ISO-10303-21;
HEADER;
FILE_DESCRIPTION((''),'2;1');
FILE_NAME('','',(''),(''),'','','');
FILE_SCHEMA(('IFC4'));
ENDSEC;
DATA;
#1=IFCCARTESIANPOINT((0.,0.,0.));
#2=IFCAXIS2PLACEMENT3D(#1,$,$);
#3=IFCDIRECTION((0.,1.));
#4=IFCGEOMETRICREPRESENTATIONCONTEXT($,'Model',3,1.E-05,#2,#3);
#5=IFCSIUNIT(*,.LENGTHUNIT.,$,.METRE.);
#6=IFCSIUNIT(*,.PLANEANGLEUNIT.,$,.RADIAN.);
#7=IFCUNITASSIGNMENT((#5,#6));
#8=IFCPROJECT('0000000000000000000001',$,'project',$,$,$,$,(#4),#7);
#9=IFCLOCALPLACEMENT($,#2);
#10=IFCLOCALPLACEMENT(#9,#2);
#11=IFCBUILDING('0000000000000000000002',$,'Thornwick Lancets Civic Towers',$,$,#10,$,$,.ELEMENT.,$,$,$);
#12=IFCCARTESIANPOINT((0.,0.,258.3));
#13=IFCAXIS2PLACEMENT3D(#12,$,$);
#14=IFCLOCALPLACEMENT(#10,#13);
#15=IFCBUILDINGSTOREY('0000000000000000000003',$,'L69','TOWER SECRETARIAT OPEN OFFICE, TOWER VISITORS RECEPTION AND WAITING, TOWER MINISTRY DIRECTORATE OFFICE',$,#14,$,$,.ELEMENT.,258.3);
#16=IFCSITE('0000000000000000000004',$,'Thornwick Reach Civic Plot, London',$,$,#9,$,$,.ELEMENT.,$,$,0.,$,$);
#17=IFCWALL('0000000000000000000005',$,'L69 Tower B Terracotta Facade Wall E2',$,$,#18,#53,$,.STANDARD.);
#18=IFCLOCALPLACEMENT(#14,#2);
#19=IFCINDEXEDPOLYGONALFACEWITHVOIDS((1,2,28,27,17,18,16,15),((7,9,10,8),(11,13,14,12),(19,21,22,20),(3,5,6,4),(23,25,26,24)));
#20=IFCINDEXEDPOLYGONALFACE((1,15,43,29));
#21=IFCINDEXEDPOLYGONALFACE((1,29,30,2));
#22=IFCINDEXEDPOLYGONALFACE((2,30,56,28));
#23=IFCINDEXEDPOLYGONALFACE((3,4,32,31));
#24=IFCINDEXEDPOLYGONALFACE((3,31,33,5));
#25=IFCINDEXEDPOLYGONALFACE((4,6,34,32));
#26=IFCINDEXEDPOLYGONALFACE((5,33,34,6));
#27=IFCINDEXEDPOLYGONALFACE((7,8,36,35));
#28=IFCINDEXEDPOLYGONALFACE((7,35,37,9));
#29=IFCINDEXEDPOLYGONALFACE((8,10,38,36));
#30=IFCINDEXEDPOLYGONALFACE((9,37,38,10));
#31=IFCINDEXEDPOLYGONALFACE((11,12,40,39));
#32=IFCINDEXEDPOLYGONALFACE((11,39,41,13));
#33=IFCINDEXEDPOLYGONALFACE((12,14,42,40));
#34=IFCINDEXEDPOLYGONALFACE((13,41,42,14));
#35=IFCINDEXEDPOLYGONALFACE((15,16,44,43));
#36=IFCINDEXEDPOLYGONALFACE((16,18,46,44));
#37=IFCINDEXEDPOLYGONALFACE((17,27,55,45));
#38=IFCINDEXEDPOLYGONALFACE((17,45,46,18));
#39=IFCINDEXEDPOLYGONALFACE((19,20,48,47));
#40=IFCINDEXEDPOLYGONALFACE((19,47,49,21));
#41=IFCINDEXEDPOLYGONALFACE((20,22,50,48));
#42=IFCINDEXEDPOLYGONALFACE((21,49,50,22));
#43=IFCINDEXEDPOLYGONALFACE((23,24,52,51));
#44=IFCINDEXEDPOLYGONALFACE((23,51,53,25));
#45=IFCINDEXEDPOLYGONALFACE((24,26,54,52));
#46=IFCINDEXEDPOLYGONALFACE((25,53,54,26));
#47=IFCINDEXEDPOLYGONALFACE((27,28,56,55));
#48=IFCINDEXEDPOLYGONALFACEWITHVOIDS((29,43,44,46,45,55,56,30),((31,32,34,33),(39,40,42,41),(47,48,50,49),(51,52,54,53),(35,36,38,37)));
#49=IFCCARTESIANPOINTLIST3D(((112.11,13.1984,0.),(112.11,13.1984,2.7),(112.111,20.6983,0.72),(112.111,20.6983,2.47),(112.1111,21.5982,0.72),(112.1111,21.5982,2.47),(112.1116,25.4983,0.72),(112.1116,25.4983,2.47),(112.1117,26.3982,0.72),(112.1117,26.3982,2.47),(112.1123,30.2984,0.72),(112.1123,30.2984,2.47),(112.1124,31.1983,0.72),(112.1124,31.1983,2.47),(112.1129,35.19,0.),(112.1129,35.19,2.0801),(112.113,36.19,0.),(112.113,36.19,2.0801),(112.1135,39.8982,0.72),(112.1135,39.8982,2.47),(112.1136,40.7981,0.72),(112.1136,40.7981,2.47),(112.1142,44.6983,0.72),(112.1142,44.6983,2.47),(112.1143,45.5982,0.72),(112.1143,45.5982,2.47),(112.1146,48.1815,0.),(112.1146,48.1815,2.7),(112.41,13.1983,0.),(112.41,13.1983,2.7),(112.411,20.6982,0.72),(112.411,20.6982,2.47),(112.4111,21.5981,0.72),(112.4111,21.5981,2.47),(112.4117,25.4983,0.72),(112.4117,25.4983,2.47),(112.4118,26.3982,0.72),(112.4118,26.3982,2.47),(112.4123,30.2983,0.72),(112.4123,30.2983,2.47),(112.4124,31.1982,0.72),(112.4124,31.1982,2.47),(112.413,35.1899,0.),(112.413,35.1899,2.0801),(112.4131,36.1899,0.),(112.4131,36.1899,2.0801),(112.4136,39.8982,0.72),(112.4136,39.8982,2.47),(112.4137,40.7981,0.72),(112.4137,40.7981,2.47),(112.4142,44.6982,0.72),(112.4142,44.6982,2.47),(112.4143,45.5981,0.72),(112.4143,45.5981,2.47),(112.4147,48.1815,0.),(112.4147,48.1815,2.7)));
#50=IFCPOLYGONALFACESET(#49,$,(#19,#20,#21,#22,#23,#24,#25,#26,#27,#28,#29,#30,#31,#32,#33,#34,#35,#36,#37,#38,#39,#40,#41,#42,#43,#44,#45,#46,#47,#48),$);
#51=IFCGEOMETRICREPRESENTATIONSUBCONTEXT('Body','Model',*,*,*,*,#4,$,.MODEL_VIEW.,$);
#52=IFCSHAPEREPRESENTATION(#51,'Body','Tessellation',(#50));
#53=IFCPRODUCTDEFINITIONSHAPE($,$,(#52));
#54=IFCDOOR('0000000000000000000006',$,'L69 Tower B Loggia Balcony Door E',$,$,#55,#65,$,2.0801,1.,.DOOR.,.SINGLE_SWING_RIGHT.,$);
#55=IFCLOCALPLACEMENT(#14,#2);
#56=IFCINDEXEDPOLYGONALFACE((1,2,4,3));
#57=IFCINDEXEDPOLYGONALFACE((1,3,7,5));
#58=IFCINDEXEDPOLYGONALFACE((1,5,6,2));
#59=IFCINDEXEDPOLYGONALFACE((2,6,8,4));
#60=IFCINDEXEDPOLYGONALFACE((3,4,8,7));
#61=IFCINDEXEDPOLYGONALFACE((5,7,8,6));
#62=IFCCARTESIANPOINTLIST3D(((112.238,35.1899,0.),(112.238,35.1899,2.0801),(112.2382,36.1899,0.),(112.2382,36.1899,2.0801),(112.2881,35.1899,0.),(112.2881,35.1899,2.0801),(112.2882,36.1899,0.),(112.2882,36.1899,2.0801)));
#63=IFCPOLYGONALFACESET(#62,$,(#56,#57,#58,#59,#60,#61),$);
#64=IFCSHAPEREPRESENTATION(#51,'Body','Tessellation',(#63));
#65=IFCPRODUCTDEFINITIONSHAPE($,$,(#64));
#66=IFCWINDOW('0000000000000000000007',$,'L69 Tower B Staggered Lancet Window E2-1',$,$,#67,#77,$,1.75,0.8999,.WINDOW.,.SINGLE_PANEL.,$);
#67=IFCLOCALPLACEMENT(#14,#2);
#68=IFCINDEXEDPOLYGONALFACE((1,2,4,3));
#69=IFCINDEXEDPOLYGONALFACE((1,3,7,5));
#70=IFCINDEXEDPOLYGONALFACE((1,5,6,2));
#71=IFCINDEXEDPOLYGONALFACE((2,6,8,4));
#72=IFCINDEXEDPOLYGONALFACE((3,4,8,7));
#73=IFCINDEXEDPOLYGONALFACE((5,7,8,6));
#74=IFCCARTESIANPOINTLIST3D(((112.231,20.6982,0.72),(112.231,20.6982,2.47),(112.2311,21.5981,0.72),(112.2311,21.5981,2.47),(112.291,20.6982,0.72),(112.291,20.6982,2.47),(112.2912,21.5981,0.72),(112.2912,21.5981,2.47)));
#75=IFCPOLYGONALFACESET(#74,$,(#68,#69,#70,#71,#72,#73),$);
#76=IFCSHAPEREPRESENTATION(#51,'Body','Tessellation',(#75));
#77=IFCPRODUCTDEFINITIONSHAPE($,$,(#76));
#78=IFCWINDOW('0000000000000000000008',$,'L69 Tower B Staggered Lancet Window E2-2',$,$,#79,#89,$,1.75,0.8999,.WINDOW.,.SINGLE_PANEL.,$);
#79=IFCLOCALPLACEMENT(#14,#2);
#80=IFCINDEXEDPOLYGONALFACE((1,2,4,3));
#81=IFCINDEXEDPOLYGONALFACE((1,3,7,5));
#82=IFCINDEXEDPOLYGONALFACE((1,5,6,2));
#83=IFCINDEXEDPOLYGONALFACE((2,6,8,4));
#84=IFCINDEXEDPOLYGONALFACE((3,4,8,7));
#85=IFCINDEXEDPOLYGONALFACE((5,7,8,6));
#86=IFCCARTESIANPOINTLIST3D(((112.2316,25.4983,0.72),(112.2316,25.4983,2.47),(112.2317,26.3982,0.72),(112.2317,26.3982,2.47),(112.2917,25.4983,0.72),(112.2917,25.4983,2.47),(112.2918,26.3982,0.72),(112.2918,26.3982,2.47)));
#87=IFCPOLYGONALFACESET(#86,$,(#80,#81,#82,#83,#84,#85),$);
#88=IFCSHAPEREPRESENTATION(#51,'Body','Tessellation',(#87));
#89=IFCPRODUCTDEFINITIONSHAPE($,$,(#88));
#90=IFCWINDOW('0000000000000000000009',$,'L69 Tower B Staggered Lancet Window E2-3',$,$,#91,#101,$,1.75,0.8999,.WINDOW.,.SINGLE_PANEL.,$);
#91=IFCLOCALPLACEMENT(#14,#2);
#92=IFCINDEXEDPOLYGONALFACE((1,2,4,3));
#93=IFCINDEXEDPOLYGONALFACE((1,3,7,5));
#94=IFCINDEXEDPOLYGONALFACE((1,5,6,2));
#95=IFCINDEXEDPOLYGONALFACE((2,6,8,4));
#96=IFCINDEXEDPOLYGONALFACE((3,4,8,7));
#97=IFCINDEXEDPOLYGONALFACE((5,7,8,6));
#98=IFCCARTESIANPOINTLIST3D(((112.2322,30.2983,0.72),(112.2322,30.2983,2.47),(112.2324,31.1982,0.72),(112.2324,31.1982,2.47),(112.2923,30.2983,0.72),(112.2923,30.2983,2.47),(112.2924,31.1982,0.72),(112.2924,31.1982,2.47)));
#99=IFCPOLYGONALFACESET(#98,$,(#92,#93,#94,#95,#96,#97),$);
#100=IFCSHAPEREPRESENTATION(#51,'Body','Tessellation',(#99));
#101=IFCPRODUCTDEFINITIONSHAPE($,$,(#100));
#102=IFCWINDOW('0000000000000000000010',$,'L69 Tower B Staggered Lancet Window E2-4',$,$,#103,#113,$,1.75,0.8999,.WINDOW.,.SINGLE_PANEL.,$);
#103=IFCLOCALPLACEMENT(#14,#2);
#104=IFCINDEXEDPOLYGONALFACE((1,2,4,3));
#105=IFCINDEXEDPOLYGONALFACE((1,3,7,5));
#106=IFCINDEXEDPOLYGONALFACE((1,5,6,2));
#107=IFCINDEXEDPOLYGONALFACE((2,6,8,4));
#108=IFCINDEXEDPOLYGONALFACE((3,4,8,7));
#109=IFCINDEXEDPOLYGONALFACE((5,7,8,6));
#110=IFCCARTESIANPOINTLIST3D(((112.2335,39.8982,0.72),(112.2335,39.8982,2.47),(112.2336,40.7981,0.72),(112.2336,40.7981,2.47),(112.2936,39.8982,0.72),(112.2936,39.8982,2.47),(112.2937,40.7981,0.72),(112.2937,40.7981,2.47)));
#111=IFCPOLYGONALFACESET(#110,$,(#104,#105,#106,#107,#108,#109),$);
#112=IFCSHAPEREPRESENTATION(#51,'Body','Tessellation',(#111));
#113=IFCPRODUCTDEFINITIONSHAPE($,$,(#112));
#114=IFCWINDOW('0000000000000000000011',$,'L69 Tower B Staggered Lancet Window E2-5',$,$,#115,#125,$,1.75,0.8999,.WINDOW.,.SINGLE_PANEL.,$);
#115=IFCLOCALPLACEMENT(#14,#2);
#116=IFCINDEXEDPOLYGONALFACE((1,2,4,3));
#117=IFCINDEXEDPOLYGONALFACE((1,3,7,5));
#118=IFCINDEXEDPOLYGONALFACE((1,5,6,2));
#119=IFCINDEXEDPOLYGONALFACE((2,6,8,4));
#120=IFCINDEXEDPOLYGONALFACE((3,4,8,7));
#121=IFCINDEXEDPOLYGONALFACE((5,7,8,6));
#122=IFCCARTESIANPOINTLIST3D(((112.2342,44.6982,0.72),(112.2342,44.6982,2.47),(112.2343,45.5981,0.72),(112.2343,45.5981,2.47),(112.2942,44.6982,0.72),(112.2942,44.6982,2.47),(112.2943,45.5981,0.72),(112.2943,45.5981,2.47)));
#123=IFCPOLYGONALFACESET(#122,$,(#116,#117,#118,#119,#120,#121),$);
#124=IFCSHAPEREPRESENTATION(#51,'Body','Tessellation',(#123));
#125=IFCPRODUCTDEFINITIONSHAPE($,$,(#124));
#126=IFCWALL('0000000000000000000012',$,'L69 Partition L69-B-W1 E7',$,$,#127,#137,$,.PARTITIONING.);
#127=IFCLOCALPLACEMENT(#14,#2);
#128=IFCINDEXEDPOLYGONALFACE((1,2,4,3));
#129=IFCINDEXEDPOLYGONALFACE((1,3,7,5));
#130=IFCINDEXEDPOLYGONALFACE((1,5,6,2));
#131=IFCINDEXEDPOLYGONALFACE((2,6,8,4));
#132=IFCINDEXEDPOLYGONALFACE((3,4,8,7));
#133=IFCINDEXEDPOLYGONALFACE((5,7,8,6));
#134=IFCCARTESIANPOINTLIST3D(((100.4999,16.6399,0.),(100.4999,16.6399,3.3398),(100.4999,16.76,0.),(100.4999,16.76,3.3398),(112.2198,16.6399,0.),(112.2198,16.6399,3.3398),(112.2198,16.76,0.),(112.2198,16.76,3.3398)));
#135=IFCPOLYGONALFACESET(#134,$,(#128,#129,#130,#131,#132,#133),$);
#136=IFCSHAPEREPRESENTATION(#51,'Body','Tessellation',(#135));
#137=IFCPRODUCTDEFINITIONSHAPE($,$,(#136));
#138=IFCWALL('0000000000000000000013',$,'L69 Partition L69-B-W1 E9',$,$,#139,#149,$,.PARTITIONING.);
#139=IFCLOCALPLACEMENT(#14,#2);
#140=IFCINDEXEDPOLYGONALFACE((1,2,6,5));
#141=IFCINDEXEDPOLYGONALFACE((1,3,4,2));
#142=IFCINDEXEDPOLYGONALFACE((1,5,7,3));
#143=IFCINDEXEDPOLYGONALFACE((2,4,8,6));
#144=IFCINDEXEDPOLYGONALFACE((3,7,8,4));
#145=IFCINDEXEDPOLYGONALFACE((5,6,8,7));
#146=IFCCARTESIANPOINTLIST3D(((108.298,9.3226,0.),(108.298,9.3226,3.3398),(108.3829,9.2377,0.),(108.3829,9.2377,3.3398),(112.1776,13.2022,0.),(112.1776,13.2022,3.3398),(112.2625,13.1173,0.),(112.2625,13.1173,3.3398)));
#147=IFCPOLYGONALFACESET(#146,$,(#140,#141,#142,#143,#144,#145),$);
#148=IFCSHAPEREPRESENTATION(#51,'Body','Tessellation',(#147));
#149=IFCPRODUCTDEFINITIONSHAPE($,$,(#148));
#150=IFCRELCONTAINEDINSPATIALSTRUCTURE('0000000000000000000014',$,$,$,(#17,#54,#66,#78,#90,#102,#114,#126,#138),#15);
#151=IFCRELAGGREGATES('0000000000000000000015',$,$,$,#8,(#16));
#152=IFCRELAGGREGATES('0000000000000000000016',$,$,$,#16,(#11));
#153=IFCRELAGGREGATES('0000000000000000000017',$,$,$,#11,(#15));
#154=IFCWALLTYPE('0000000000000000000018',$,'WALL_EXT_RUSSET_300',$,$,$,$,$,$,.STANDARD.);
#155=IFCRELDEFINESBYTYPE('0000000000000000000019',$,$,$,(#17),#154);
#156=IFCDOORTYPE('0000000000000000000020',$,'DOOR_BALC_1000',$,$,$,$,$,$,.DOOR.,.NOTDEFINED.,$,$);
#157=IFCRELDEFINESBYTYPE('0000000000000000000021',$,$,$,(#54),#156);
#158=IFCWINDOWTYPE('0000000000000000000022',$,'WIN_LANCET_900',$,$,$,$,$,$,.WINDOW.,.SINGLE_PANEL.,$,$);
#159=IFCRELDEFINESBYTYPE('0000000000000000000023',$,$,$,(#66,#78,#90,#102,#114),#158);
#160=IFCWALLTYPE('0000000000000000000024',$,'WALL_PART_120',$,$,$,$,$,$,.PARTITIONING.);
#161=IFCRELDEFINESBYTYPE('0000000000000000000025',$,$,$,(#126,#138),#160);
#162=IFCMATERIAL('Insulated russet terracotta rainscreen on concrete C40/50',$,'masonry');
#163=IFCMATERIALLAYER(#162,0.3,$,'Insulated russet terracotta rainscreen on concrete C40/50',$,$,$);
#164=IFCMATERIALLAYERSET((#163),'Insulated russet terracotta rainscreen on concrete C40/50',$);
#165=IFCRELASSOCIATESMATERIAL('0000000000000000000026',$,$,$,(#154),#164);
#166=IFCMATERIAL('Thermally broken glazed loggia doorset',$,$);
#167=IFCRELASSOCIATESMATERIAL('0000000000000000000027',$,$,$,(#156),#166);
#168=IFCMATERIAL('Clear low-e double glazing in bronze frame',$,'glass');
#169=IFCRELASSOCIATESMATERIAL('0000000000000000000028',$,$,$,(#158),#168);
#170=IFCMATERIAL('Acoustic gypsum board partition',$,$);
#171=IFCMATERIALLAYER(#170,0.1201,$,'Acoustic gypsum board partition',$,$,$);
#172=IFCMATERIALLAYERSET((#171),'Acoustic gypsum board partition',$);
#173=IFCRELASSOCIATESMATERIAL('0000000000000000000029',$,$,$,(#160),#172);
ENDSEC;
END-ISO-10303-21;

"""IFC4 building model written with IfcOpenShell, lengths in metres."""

from ifc_helpers import new_model, si_unit, direction, frame, frame_2d, origin, place, context, subcontext, project, spatial, rectangle, extrude, material, layer, layer_set, type_object, element, fill, save


model = new_model("IFC4")

# Units and contexts
model_context = context("Model", 3, precision=1e-05, world=origin(), true_north=direction((0.0, 1.0)))
body_context = subcontext(model_context, "Body", "Model", "MODEL_VIEW")
ifc_project = project(units=[si_unit("LENGTHUNIT", "METRE"), si_unit("PLANEANGLEUNIT", "RADIAN")], contexts=[model_context])

# Site, building, storey
site_placement = place(None, origin())
site = spatial("IfcSite", under=ifc_project, at=site_placement, Name="Thornwick Reach Civic Plot, London", CompositionType="ELEMENT", RefElevation=0.0)
building_placement = place(site_placement, origin())
building = spatial("IfcBuilding", under=site, at=building_placement, Name="Thornwick Lancets Civic Towers", CompositionType="ELEMENT")
storey_placement = place(building_placement, frame((0.0, 0.0, 258.3)))
storey = spatial("IfcBuildingStorey", under=building, at=storey_placement, Name="L69", Description="TOWER SECRETARIAT OPEN OFFICE, TOWER VISITORS RECEPTION AND WAITING, TOWER MINISTRY DIRECTORATE OFFICE", CompositionType="ELEMENT", Elevation=258.3)

# Wall, openings, door, windows
ifc_material_1 = material(Name="Insulated russet terracotta rainscreen on concrete C40/50", Category="masonry")
ifc_layer_1 = layer(ifc_material_1, 0.3, Name="Insulated russet terracotta rainscreen on concrete C40/50")
ifc_layer_set_1 = layer_set([ifc_layer_1], Name="Insulated russet terracotta rainscreen on concrete C40/50")
wall_type_1 = type_object("IfcWallType", Name="WALL_EXT_RUSSET_300", PredefinedType="STANDARD", material=ifc_layer_set_1)
wall_1_placement = place(storey_placement, frame((112.26, 13.1982, 0.0), z_axis=(0.0, 0.0, 1.0), x_axis=(0.000133, 1.0, 0.0)))
wall_1 = element("IfcWall", 1, at=wall_1_placement, inside=storey, type_object=wall_type_1, Name="L69 Tower B Terracotta Facade Wall E2", PredefinedType="STANDARD", context=body_context, shape_type="SweptSolid", body=[
    extrude(rectangle(XDim=34.9832, YDim=0.3, at=frame_2d((17.4917, 0.0))), origin(), (0.0, 0.0, 1.0), 2.7),
])
opening_1_placement = place(wall_1_placement, frame((21.9917, 0.0, 0.0)))
opening_1 = element("IfcOpeningElement", 2, at=opening_1_placement, cuts=wall_1, PredefinedType="OPENING", context=body_context, shape_type="SweptSolid", body=[
    extrude(rectangle(XDim=1.0, YDim=2.0801, at=frame_2d((0.5, 1.04))), frame((0.0, 0.1602, 0.0), z_axis=(0.0, -1.0, 0.0), x_axis=(1.0, 0.0, 0.0)), (0.0, 0.0, 1.0), 0.3201),
])
opening_2_placement = place(wall_1_placement, frame((7.5, 0.0, 0.72)))
opening_2 = element("IfcOpeningElement", 3, at=opening_2_placement, cuts=wall_1, PredefinedType="OPENING", context=body_context, shape_type="SweptSolid", body=[
    extrude(rectangle(XDim=0.8999, YDim=1.75, at=frame_2d((0.45, 0.875))), frame((0.0, 0.1602, 0.0), z_axis=(0.0, -1.0, 0.0), x_axis=(1.0, 0.0, 0.0)), (0.0, 0.0, 1.0), 0.3201),
])
opening_3_placement = place(wall_1_placement, frame((12.3, 0.0, 0.72)))
opening_3 = element("IfcOpeningElement", 4, at=opening_3_placement, cuts=wall_1, PredefinedType="OPENING", context=body_context, shape_type="SweptSolid", body=[
    extrude(rectangle(XDim=0.8999, YDim=1.75, at=frame_2d((0.45, 0.875))), frame((0.0, 0.1602, 0.0), z_axis=(0.0, -1.0, 0.0), x_axis=(1.0, 0.0, 0.0)), (0.0, 0.0, 1.0), 0.3201),
])
opening_4_placement = place(wall_1_placement, frame((17.1001, 0.0, 0.72)))
opening_4 = element("IfcOpeningElement", 5, at=opening_4_placement, cuts=wall_1, PredefinedType="OPENING", context=body_context, shape_type="SweptSolid", body=[
    extrude(rectangle(XDim=0.8999, YDim=1.75, at=frame_2d((0.45, 0.875))), frame((0.0, 0.1602, 0.0), z_axis=(0.0, -1.0, 0.0), x_axis=(1.0, 0.0, 0.0)), (0.0, 0.0, 1.0), 0.3201),
])
opening_5_placement = place(wall_1_placement, frame((26.7, 0.0, 0.72)))
opening_5 = element("IfcOpeningElement", 6, at=opening_5_placement, cuts=wall_1, PredefinedType="OPENING", context=body_context, shape_type="SweptSolid", body=[
    extrude(rectangle(XDim=0.8999, YDim=1.75, at=frame_2d((0.45, 0.875))), frame((0.0, 0.1602, 0.0), z_axis=(0.0, -1.0, 0.0), x_axis=(1.0, 0.0, 0.0)), (0.0, 0.0, 1.0), 0.3201),
])
opening_6_placement = place(wall_1_placement, frame((31.5, 0.0, 0.72)))
opening_6 = element("IfcOpeningElement", 7, at=opening_6_placement, cuts=wall_1, PredefinedType="OPENING", context=body_context, shape_type="SweptSolid", body=[
    extrude(rectangle(XDim=0.8999, YDim=1.75, at=frame_2d((0.45, 0.875))), frame((0.0, 0.1602, 0.0), z_axis=(0.0, -1.0, 0.0), x_axis=(1.0, 0.0, 0.0)), (0.0, 0.0, 1.0), 0.3201),
])
ifc_material_2 = material(Name="Thermally broken glazed loggia doorset")
door_type_1 = type_object("IfcDoorType", Name="DOOR_BALC_1000", OperationType="NOTDEFINED", PredefinedType="DOOR", material=ifc_material_2)
door_1_placement = place(opening_1_placement, origin())
door_1 = element("IfcDoor", 8, at=door_1_placement, inside=storey, type_object=door_type_1, Name="L69 Tower B Loggia Balcony Door E", OperationType="SINGLE_SWING_RIGHT", OverallHeight=2.0801, OverallWidth=1.0, PredefinedType="DOOR", context=body_context, shape_type="SweptSolid", body=[
    extrude(rectangle(XDim=1.0, YDim=2.0801, at=frame_2d((0.5, 1.04))), frame((0.0, 0.0249, 0.0), z_axis=(0.0, -1.0, 0.0), x_axis=(1.0, 0.0, 0.0)), (0.0, 0.0, 1.0), 0.05),
])
fill(opening_1, door_1)
ifc_material_3 = material(Name="Clear low-e double glazing in bronze frame", Category="glass")
window_type = type_object("IfcWindowType", Name="WIN_LANCET_900", PartitioningType="SINGLE_PANEL", PredefinedType="WINDOW", material=ifc_material_3)
window_1_placement = place(opening_2_placement, origin())
window_1 = element("IfcWindow", 9, at=window_1_placement, inside=storey, type_object=window_type, Name="L69 Tower B Staggered Lancet Window E2-1", OverallHeight=1.75, OverallWidth=0.8999, PartitioningType="SINGLE_PANEL", PredefinedType="WINDOW", context=body_context, shape_type="SweptSolid", body=[
    extrude(rectangle(XDim=0.8999, YDim=1.75, at=frame_2d((0.45, 0.875))), frame((0.0, 0.03, 0.0), z_axis=(0.0, -1.0, 0.0), x_axis=(1.0, 0.0, 0.0)), (0.0, 0.0, 1.0), 0.0601),
])
fill(opening_2, window_1)
window_2_placement = place(opening_3_placement, origin())
window_2 = element("IfcWindow", 10, at=window_2_placement, inside=storey, type_object=window_type, Name="L69 Tower B Staggered Lancet Window E2-2", OverallHeight=1.75, OverallWidth=0.8999, PartitioningType="SINGLE_PANEL", PredefinedType="WINDOW", context=body_context, shape_type="SweptSolid", body=[
    extrude(rectangle(XDim=0.8999, YDim=1.75, at=frame_2d((0.45, 0.875))), frame((0.0, 0.03, 0.0), z_axis=(0.0, -1.0, 0.0), x_axis=(1.0, 0.0, 0.0)), (0.0, 0.0, 1.0), 0.0601),
])
fill(opening_3, window_2)
window_3_placement = place(opening_4_placement, origin())
window_3 = element("IfcWindow", 11, at=window_3_placement, inside=storey, type_object=window_type, Name="L69 Tower B Staggered Lancet Window E2-3", OverallHeight=1.75, OverallWidth=0.8999, PartitioningType="SINGLE_PANEL", PredefinedType="WINDOW", context=body_context, shape_type="SweptSolid", body=[
    extrude(rectangle(XDim=0.8999, YDim=1.75, at=frame_2d((0.45, 0.875))), frame((0.0, 0.03, 0.0), z_axis=(0.0, -1.0, 0.0), x_axis=(1.0, 0.0, 0.0)), (0.0, 0.0, 1.0), 0.0601),
])
fill(opening_4, window_3)
window_4_placement = place(opening_5_placement, origin())
window_4 = element("IfcWindow", 12, at=window_4_placement, inside=storey, type_object=window_type, Name="L69 Tower B Staggered Lancet Window E2-4", OverallHeight=1.75, OverallWidth=0.8999, PartitioningType="SINGLE_PANEL", PredefinedType="WINDOW", context=body_context, shape_type="SweptSolid", body=[
    extrude(rectangle(XDim=0.8999, YDim=1.75, at=frame_2d((0.45, 0.875))), frame((0.0, 0.03, 0.0), z_axis=(0.0, -1.0, 0.0), x_axis=(1.0, 0.0, 0.0)), (0.0, 0.0, 1.0), 0.0601),
])
fill(opening_5, window_4)
window_5_placement = place(opening_6_placement, origin())
window_5 = element("IfcWindow", 13, at=window_5_placement, inside=storey, type_object=window_type, Name="L69 Tower B Staggered Lancet Window E2-5", OverallHeight=1.75, OverallWidth=0.8999, PartitioningType="SINGLE_PANEL", PredefinedType="WINDOW", context=body_context, shape_type="SweptSolid", body=[
    extrude(rectangle(XDim=0.8999, YDim=1.75, at=frame_2d((0.45, 0.875))), frame((0.0, 0.03, 0.0), z_axis=(0.0, -1.0, 0.0), x_axis=(1.0, 0.0, 0.0)), (0.0, 0.0, 1.0), 0.0601),
])
fill(opening_6, window_5)

# Walls
ifc_material_4 = material(Name="Acoustic gypsum board partition")
ifc_layer_2 = layer(ifc_material_4, 0.1201, Name="Acoustic gypsum board partition")
ifc_layer_set_2 = layer_set([ifc_layer_2], Name="Acoustic gypsum board partition")
wall_type_2 = type_object("IfcWallType", Name="WALL_PART_120", PredefinedType="PARTITIONING", material=ifc_layer_set_2)
wall_2_placement = place(storey_placement, frame((100.5, 16.7, 0.0), z_axis=(0.0, 0.0, 1.0), x_axis=(1.0, 0.0, 0.0)))
element("IfcWall", 14, at=wall_2_placement, inside=storey, type_object=wall_type_2, Name="L69 Partition L69-B-W1 E7", PredefinedType="PARTITIONING", context=body_context, shape_type="SweptSolid", body=[
    extrude(rectangle(XDim=11.72, YDim=0.1201, at=frame_2d((5.8599, 0.0))), origin(), (0.0, 0.0, 1.0), 3.3398),
])
wall_3_placement = place(storey_placement, frame((112.22, 13.1597, 0.0), z_axis=(0.0, 0.0, 1.0), x_axis=(-0.707107, -0.707107, 0.0)))
element("IfcWall", 15, at=wall_3_placement, inside=storey, type_object=wall_type_2, Name="L69 Partition L69-B-W1 E9", PredefinedType="PARTITIONING", context=body_context, shape_type="SweptSolid", body=[
    extrude(rectangle(XDim=5.4866, YDim=0.1201, at=frame_2d((2.7432, 0.0))), origin(), (0.0, 0.0, 1.0), 3.3398),
])

save(model, "model.ifc")
